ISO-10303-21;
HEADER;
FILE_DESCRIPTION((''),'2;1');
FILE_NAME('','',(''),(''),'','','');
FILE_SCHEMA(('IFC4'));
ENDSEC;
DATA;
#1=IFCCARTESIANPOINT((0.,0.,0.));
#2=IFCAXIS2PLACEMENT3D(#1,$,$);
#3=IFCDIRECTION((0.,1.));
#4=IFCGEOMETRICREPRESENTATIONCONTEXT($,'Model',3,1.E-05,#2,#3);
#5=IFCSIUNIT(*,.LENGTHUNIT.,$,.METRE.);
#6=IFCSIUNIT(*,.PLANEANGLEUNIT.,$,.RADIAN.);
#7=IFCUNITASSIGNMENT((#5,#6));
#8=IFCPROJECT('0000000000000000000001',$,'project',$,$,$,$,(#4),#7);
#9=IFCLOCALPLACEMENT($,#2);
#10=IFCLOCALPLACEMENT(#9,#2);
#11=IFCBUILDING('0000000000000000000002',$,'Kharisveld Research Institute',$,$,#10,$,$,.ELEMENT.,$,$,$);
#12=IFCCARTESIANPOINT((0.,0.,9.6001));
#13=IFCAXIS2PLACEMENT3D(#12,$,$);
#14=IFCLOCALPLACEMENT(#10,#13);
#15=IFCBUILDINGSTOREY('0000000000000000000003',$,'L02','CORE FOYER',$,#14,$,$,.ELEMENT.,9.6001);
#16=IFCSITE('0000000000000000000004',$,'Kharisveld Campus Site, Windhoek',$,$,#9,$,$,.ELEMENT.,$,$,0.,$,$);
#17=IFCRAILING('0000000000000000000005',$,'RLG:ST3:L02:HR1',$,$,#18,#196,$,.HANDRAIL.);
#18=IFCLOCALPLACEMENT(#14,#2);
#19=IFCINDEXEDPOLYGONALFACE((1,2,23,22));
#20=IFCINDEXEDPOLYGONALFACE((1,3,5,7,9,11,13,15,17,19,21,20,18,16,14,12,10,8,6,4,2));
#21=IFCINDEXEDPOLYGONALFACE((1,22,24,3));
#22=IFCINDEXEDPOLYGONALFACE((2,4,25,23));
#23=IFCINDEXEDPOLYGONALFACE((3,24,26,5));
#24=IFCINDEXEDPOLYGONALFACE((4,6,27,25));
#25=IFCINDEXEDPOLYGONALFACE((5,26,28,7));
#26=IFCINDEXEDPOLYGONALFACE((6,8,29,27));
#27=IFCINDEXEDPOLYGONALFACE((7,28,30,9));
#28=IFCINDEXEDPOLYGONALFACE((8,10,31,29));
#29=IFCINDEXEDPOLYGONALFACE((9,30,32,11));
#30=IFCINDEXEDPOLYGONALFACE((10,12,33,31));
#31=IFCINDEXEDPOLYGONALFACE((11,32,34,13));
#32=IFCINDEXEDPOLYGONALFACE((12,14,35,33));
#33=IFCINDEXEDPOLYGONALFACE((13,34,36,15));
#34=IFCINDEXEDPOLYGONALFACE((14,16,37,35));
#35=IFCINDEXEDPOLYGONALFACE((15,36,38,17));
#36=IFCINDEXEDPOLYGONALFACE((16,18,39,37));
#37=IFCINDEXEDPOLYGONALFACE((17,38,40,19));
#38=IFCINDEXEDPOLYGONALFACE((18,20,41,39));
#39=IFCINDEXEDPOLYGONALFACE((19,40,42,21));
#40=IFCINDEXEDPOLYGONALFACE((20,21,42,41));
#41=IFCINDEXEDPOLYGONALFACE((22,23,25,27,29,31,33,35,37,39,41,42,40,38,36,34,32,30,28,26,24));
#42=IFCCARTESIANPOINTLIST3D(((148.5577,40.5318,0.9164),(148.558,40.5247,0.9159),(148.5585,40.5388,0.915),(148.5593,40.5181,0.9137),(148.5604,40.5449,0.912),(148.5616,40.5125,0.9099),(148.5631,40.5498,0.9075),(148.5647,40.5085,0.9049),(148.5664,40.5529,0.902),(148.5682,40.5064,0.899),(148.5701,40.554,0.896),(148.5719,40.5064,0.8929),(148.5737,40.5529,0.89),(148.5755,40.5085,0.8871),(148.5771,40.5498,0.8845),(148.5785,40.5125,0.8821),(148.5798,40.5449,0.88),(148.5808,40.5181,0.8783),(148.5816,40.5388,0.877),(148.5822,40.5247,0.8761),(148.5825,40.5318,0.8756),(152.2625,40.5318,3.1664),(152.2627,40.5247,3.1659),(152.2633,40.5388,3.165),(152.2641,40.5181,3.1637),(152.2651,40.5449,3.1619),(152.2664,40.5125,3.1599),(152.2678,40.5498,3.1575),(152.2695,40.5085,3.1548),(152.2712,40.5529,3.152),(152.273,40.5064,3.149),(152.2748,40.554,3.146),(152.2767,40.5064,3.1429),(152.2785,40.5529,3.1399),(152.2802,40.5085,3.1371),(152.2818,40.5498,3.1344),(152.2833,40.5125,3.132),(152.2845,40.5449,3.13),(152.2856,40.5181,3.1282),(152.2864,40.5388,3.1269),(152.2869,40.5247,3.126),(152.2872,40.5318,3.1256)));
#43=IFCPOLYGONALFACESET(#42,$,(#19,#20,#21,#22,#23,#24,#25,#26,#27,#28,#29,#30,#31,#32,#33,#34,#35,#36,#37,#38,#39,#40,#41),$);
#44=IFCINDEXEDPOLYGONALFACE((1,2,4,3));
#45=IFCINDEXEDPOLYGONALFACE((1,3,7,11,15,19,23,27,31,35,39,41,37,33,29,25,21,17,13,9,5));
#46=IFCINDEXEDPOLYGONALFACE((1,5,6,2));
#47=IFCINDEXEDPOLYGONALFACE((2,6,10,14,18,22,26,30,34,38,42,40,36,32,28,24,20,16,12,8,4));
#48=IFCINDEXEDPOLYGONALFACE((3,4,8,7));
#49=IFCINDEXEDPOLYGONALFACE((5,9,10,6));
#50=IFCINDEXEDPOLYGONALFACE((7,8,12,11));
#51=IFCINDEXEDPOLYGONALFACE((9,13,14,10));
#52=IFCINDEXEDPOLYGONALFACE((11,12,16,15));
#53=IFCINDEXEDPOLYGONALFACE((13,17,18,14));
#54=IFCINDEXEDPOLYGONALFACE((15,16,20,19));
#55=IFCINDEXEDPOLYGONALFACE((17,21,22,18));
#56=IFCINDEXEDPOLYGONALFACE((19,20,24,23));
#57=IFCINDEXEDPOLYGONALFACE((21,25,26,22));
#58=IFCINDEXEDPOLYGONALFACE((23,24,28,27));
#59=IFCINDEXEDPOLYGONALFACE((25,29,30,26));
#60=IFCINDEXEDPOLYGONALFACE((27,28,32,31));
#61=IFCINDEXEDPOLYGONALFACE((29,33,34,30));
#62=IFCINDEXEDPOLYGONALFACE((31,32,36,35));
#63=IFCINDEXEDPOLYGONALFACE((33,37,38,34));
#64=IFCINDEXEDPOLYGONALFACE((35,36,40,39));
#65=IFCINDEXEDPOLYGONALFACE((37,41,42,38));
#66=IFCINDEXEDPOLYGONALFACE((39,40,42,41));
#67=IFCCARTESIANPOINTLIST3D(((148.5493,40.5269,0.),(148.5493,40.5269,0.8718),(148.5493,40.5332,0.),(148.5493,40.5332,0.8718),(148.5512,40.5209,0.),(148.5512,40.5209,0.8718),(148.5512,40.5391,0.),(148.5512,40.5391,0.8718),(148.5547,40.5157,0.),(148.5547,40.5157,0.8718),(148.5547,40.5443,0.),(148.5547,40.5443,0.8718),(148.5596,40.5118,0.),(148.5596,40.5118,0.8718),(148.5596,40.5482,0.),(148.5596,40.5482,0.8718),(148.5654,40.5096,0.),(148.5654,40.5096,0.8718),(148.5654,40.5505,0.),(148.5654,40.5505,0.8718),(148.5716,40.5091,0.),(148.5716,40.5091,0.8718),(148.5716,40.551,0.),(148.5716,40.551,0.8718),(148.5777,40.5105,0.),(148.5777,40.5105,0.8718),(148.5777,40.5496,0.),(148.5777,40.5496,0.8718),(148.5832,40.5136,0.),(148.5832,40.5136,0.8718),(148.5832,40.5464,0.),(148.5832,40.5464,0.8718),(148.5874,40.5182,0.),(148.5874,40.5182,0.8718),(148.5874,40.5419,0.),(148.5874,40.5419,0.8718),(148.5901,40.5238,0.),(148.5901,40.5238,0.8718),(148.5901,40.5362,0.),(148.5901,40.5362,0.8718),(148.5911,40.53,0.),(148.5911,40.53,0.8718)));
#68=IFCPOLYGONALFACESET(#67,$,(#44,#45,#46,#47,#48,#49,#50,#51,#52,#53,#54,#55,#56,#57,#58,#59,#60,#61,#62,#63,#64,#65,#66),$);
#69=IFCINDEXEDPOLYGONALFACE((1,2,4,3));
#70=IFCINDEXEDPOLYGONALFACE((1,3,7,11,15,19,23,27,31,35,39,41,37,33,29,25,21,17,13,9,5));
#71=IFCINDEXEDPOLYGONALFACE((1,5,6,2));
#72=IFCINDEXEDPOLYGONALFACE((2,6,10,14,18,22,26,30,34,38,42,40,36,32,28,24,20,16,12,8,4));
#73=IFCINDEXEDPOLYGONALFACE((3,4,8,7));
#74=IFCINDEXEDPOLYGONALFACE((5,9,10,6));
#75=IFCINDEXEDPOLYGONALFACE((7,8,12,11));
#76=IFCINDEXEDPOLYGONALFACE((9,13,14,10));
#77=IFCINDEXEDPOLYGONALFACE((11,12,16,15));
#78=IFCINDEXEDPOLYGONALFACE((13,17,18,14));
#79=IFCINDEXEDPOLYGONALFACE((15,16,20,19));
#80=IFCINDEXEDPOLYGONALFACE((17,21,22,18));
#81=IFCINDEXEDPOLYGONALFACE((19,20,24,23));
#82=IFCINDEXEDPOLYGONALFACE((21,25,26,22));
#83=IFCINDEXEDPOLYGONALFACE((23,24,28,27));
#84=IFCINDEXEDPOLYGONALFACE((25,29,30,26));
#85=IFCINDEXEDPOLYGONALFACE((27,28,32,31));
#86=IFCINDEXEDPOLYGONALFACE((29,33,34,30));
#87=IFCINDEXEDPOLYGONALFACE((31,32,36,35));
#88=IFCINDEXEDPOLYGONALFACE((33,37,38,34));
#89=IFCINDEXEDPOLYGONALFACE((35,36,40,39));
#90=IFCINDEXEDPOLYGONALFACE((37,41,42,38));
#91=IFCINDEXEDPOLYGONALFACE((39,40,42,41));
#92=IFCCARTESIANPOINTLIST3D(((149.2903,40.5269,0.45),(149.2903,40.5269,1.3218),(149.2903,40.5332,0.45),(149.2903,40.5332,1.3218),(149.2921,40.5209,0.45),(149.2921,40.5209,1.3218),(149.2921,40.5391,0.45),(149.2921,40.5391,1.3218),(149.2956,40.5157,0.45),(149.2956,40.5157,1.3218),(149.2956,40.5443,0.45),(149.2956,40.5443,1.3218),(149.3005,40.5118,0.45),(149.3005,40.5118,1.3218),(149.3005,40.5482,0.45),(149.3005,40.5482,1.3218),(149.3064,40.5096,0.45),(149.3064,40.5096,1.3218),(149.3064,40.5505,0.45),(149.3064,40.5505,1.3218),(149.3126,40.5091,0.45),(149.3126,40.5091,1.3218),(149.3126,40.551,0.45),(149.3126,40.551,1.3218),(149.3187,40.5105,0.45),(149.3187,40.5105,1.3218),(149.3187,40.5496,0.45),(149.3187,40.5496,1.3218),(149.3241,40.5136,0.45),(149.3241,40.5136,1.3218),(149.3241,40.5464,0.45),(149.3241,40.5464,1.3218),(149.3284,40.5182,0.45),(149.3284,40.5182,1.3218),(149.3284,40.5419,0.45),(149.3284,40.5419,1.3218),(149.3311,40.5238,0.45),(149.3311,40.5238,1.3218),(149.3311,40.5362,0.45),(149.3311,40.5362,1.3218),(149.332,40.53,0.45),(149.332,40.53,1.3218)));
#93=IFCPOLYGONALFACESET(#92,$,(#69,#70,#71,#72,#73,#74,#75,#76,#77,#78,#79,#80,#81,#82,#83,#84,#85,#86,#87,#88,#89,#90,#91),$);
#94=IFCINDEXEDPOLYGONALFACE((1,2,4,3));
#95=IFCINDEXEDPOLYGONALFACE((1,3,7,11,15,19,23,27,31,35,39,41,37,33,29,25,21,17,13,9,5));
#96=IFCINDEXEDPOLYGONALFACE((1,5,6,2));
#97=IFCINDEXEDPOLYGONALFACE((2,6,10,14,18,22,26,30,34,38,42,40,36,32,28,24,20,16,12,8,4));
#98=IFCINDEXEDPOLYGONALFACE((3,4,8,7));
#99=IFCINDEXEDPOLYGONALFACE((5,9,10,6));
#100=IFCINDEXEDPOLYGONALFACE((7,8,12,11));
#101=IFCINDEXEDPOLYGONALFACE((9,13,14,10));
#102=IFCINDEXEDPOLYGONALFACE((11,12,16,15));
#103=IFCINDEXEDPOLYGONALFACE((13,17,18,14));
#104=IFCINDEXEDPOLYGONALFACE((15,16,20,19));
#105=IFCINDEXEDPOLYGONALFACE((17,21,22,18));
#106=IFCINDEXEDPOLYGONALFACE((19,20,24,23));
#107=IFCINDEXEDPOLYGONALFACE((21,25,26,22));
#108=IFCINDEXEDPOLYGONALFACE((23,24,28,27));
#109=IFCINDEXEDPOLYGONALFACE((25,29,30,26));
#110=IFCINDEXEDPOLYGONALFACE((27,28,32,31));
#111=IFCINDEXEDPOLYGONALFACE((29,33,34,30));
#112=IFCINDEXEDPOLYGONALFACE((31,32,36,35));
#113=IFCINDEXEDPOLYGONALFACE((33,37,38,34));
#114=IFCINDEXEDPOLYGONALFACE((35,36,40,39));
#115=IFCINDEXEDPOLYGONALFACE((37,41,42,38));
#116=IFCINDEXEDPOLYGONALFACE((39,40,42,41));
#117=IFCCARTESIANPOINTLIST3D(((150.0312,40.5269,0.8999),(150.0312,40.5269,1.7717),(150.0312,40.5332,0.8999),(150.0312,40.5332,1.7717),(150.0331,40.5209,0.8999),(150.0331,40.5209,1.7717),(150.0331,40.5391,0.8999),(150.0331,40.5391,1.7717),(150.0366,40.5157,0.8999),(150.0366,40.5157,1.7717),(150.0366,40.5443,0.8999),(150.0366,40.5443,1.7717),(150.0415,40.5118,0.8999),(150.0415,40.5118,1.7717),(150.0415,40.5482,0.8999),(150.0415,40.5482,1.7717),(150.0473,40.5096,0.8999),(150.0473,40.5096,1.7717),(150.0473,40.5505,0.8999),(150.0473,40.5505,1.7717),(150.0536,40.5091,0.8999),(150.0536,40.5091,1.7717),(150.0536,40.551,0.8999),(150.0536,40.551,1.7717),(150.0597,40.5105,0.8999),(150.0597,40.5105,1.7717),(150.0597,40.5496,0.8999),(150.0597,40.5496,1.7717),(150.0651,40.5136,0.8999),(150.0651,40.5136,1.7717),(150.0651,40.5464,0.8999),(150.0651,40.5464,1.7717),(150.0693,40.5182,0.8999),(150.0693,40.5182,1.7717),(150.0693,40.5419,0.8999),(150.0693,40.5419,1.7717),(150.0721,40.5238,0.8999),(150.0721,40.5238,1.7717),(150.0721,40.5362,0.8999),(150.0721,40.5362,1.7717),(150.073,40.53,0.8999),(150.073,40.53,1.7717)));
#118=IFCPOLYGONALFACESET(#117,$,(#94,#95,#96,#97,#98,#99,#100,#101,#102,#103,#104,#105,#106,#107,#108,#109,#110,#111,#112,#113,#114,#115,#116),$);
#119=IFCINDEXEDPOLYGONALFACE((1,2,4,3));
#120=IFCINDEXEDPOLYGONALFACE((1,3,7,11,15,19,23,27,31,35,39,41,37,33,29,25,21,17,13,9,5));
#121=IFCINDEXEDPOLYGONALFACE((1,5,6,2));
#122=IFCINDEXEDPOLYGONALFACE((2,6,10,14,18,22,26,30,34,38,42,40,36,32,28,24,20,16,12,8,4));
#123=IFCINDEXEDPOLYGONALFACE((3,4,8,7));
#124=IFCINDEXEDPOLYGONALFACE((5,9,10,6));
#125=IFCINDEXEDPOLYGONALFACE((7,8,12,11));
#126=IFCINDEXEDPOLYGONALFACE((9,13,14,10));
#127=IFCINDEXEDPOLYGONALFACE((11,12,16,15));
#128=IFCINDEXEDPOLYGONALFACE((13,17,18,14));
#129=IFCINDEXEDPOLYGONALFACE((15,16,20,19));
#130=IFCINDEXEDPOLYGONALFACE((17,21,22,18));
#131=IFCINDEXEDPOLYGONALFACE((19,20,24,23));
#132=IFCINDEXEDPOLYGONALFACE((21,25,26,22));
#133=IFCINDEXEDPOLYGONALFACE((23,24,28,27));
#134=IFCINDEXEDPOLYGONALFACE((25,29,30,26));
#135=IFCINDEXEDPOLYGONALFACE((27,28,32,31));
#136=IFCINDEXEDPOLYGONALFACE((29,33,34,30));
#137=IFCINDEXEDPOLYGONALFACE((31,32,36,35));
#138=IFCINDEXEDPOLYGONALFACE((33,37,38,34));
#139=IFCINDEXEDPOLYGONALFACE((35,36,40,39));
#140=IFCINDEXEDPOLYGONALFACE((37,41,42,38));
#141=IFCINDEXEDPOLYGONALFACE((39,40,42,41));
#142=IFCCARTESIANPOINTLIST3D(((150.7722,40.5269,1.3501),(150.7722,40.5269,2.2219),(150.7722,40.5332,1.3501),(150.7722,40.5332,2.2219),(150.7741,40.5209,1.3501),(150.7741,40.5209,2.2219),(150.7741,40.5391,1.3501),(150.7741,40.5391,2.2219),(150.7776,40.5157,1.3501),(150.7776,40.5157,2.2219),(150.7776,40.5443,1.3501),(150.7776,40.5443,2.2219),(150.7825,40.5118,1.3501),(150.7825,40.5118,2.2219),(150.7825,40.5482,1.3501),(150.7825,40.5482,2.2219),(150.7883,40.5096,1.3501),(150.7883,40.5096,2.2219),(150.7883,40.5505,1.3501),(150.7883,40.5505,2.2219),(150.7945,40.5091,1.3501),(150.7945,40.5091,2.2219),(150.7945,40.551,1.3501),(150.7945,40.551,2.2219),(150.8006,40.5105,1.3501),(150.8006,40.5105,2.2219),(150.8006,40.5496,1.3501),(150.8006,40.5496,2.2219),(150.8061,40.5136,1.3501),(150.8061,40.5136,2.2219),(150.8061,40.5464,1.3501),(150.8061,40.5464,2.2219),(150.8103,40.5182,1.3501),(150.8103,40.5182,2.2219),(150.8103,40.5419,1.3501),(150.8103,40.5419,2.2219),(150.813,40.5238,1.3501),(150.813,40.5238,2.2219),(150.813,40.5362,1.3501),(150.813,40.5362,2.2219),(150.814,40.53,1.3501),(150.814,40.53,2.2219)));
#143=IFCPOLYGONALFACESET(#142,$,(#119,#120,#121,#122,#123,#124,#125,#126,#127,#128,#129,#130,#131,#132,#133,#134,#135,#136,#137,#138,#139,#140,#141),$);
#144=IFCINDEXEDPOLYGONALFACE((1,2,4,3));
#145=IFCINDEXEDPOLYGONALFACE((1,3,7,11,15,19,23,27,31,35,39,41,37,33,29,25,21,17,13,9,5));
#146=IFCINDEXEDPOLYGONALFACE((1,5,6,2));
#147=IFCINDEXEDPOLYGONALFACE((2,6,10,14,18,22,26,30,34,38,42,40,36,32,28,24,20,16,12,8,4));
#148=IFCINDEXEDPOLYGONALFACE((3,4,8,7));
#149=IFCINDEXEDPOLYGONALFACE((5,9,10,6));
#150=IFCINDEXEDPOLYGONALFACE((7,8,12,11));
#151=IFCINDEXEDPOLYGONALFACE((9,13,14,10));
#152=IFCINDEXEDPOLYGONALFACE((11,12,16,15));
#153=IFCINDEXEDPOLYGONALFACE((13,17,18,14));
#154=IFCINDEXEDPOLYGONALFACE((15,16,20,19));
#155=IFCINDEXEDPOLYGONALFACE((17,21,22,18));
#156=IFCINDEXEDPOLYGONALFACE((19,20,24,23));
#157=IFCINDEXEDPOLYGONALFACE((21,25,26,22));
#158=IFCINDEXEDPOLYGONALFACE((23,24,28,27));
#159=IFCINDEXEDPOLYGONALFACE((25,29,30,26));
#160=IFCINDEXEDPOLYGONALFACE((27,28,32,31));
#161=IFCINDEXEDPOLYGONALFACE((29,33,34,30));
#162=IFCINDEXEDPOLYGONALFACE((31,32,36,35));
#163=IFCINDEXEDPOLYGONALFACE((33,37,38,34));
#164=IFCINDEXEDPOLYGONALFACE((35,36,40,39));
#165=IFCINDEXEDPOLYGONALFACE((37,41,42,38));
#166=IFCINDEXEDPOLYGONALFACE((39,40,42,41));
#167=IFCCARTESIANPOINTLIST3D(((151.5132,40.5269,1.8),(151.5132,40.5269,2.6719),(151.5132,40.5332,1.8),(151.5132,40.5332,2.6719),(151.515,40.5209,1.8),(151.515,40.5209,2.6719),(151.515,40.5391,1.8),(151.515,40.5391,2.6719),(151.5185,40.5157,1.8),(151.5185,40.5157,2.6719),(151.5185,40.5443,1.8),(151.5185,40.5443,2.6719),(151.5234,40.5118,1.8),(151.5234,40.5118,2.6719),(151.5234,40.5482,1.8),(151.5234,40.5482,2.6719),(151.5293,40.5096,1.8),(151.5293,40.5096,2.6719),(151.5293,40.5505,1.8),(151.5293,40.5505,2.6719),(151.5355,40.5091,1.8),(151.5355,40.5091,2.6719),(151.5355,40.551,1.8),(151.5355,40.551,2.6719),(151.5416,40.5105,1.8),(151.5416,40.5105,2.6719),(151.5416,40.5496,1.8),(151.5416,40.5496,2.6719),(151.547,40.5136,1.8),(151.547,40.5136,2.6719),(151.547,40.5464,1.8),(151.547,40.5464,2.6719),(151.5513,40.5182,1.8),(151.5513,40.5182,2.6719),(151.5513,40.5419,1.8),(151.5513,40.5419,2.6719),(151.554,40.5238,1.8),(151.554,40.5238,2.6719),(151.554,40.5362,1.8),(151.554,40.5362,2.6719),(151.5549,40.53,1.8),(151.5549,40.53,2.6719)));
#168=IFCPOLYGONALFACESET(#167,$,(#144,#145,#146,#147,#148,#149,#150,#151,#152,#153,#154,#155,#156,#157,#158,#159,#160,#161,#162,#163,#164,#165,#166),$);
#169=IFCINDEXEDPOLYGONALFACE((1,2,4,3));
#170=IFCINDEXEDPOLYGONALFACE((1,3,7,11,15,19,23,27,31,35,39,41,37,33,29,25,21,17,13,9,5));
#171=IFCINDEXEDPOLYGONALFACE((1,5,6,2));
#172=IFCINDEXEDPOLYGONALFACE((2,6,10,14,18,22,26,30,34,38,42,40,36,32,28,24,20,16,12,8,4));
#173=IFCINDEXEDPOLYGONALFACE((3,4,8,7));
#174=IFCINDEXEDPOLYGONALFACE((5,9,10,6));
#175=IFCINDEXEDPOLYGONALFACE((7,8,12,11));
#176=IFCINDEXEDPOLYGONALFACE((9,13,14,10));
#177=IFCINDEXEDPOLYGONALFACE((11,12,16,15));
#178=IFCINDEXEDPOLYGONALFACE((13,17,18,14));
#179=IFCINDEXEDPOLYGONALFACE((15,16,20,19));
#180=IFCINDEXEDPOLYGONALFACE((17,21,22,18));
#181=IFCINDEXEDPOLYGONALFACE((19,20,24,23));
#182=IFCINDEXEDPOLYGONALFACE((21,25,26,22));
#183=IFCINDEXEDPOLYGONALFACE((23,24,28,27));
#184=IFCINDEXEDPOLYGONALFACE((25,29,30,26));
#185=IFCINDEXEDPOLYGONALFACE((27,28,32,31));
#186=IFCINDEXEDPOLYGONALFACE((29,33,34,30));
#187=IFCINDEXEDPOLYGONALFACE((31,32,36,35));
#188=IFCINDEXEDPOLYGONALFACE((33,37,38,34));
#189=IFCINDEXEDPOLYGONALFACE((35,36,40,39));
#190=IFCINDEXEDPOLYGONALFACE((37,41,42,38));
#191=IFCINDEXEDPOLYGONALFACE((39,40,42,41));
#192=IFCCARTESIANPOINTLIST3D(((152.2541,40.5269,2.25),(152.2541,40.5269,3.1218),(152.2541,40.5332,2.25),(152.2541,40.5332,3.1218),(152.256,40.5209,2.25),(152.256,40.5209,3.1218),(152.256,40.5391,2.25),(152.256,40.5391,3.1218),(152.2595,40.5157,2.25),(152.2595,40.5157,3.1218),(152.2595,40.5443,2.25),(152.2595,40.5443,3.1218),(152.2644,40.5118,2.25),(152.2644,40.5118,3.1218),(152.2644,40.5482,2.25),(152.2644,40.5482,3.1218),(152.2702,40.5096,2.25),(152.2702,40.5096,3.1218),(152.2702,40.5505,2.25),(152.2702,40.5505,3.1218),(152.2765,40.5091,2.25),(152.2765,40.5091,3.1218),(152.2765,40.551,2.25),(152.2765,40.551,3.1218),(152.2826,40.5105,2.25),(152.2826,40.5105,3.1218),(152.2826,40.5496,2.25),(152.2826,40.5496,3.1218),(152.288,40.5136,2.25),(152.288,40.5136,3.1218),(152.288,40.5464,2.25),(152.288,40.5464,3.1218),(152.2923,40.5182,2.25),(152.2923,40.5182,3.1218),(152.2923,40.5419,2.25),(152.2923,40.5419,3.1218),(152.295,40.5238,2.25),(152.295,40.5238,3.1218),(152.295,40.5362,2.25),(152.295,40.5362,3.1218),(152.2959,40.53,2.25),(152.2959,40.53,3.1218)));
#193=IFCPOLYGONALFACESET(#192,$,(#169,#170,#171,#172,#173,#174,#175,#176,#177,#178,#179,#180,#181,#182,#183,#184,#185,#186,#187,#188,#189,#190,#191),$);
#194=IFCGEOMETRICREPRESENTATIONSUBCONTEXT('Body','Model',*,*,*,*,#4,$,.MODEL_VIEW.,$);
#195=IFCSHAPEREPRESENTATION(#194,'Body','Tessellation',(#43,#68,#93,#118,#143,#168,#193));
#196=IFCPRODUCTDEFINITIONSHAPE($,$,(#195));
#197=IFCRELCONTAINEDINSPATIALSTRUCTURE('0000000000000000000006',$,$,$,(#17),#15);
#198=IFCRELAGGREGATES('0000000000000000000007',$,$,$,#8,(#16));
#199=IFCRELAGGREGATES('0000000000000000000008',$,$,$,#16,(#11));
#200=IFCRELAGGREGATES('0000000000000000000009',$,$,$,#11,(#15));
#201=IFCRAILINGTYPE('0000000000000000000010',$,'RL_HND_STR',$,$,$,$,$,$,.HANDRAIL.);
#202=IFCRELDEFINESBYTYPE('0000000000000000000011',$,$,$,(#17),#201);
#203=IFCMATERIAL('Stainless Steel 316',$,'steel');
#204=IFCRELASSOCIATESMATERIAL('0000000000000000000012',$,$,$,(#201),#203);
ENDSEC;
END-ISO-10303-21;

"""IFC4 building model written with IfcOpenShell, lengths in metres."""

from ifc_helpers import new_model, si_unit, direction, frame, origin, origin_2d, place, context, subcontext, project, spatial, circle, extrude, material, type_object, element, save


model = new_model("IFC4")

# Units and contexts
model_context = context("Model", 3, precision=1e-05, world=origin(), true_north=direction((0.0, 1.0)))
body_context = subcontext(model_context, "Body", "Model", "MODEL_VIEW")
ifc_project = project(units=[si_unit("LENGTHUNIT", "METRE"), si_unit("PLANEANGLEUNIT", "RADIAN")], contexts=[model_context])

# Site, building, storey
site_placement = place(None, origin())
site = spatial("IfcSite", under=ifc_project, at=site_placement, Name="Kharisveld Campus Site, Windhoek", CompositionType="ELEMENT", RefElevation=0.0)
building_placement = place(site_placement, origin())
building = spatial("IfcBuilding", under=site, at=building_placement, Name="Kharisveld Research Institute", CompositionType="ELEMENT")
storey_placement = place(building_placement, frame((0.0, 0.0, 9.6001)))
storey = spatial("IfcBuildingStorey", under=building, at=storey_placement, Name="L02", Description="CORE FOYER", CompositionType="ELEMENT", Elevation=9.6001)

# Railing
ifc_material_1 = material(Name="Stainless Steel 316", Category="steel")
railing_type_1 = type_object("IfcRailingType", Name="RL_HND_STR", PredefinedType="HANDRAIL", material=ifc_material_1)
railing_1_placement = place(storey_placement, frame((148.5701, 40.53, 0.0)))
element("IfcRailing", 1, at=railing_1_placement, inside=storey, type_object=railing_type_1, Name="RLG:ST3:L02:HR1", PredefinedType="HANDRAIL", context=body_context, shape_type="SweptSolid", body=[
    extrude(circle(Radius=0.0239, at=origin_2d()), frame((0.0, 0.0, 0.896), z_axis=(0.854722, 0.0, 0.519085), x_axis=(0.0, 1.0, 0.0)), (0.0, 0.0, 1.0), 4.3345),
    extrude(circle(Radius=0.021, at=origin_2d()), origin(), (0.0, 0.0, 1.0), 0.8718),
    extrude(circle(Radius=0.021, at=origin_2d()), frame((0.741, 0.0, 0.45)), (0.0, 0.0, 1.0), 0.8718),
    extrude(circle(Radius=0.021, at=origin_2d()), frame((1.4819, 0.0, 0.8999)), (0.0, 0.0, 1.0), 0.8718),
    extrude(circle(Radius=0.021, at=origin_2d()), frame((2.2229, 0.0, 1.3501)), (0.0, 0.0, 1.0), 0.8718),
    extrude(circle(Radius=0.021, at=origin_2d()), frame((2.9639, 0.0, 1.8)), (0.0, 0.0, 1.0), 0.8718),
    extrude(circle(Radius=0.021, at=origin_2d()), frame((3.7048, 0.0, 2.25)), (0.0, 0.0, 1.0), 0.8718),
])

save(model, "model.ifc")
